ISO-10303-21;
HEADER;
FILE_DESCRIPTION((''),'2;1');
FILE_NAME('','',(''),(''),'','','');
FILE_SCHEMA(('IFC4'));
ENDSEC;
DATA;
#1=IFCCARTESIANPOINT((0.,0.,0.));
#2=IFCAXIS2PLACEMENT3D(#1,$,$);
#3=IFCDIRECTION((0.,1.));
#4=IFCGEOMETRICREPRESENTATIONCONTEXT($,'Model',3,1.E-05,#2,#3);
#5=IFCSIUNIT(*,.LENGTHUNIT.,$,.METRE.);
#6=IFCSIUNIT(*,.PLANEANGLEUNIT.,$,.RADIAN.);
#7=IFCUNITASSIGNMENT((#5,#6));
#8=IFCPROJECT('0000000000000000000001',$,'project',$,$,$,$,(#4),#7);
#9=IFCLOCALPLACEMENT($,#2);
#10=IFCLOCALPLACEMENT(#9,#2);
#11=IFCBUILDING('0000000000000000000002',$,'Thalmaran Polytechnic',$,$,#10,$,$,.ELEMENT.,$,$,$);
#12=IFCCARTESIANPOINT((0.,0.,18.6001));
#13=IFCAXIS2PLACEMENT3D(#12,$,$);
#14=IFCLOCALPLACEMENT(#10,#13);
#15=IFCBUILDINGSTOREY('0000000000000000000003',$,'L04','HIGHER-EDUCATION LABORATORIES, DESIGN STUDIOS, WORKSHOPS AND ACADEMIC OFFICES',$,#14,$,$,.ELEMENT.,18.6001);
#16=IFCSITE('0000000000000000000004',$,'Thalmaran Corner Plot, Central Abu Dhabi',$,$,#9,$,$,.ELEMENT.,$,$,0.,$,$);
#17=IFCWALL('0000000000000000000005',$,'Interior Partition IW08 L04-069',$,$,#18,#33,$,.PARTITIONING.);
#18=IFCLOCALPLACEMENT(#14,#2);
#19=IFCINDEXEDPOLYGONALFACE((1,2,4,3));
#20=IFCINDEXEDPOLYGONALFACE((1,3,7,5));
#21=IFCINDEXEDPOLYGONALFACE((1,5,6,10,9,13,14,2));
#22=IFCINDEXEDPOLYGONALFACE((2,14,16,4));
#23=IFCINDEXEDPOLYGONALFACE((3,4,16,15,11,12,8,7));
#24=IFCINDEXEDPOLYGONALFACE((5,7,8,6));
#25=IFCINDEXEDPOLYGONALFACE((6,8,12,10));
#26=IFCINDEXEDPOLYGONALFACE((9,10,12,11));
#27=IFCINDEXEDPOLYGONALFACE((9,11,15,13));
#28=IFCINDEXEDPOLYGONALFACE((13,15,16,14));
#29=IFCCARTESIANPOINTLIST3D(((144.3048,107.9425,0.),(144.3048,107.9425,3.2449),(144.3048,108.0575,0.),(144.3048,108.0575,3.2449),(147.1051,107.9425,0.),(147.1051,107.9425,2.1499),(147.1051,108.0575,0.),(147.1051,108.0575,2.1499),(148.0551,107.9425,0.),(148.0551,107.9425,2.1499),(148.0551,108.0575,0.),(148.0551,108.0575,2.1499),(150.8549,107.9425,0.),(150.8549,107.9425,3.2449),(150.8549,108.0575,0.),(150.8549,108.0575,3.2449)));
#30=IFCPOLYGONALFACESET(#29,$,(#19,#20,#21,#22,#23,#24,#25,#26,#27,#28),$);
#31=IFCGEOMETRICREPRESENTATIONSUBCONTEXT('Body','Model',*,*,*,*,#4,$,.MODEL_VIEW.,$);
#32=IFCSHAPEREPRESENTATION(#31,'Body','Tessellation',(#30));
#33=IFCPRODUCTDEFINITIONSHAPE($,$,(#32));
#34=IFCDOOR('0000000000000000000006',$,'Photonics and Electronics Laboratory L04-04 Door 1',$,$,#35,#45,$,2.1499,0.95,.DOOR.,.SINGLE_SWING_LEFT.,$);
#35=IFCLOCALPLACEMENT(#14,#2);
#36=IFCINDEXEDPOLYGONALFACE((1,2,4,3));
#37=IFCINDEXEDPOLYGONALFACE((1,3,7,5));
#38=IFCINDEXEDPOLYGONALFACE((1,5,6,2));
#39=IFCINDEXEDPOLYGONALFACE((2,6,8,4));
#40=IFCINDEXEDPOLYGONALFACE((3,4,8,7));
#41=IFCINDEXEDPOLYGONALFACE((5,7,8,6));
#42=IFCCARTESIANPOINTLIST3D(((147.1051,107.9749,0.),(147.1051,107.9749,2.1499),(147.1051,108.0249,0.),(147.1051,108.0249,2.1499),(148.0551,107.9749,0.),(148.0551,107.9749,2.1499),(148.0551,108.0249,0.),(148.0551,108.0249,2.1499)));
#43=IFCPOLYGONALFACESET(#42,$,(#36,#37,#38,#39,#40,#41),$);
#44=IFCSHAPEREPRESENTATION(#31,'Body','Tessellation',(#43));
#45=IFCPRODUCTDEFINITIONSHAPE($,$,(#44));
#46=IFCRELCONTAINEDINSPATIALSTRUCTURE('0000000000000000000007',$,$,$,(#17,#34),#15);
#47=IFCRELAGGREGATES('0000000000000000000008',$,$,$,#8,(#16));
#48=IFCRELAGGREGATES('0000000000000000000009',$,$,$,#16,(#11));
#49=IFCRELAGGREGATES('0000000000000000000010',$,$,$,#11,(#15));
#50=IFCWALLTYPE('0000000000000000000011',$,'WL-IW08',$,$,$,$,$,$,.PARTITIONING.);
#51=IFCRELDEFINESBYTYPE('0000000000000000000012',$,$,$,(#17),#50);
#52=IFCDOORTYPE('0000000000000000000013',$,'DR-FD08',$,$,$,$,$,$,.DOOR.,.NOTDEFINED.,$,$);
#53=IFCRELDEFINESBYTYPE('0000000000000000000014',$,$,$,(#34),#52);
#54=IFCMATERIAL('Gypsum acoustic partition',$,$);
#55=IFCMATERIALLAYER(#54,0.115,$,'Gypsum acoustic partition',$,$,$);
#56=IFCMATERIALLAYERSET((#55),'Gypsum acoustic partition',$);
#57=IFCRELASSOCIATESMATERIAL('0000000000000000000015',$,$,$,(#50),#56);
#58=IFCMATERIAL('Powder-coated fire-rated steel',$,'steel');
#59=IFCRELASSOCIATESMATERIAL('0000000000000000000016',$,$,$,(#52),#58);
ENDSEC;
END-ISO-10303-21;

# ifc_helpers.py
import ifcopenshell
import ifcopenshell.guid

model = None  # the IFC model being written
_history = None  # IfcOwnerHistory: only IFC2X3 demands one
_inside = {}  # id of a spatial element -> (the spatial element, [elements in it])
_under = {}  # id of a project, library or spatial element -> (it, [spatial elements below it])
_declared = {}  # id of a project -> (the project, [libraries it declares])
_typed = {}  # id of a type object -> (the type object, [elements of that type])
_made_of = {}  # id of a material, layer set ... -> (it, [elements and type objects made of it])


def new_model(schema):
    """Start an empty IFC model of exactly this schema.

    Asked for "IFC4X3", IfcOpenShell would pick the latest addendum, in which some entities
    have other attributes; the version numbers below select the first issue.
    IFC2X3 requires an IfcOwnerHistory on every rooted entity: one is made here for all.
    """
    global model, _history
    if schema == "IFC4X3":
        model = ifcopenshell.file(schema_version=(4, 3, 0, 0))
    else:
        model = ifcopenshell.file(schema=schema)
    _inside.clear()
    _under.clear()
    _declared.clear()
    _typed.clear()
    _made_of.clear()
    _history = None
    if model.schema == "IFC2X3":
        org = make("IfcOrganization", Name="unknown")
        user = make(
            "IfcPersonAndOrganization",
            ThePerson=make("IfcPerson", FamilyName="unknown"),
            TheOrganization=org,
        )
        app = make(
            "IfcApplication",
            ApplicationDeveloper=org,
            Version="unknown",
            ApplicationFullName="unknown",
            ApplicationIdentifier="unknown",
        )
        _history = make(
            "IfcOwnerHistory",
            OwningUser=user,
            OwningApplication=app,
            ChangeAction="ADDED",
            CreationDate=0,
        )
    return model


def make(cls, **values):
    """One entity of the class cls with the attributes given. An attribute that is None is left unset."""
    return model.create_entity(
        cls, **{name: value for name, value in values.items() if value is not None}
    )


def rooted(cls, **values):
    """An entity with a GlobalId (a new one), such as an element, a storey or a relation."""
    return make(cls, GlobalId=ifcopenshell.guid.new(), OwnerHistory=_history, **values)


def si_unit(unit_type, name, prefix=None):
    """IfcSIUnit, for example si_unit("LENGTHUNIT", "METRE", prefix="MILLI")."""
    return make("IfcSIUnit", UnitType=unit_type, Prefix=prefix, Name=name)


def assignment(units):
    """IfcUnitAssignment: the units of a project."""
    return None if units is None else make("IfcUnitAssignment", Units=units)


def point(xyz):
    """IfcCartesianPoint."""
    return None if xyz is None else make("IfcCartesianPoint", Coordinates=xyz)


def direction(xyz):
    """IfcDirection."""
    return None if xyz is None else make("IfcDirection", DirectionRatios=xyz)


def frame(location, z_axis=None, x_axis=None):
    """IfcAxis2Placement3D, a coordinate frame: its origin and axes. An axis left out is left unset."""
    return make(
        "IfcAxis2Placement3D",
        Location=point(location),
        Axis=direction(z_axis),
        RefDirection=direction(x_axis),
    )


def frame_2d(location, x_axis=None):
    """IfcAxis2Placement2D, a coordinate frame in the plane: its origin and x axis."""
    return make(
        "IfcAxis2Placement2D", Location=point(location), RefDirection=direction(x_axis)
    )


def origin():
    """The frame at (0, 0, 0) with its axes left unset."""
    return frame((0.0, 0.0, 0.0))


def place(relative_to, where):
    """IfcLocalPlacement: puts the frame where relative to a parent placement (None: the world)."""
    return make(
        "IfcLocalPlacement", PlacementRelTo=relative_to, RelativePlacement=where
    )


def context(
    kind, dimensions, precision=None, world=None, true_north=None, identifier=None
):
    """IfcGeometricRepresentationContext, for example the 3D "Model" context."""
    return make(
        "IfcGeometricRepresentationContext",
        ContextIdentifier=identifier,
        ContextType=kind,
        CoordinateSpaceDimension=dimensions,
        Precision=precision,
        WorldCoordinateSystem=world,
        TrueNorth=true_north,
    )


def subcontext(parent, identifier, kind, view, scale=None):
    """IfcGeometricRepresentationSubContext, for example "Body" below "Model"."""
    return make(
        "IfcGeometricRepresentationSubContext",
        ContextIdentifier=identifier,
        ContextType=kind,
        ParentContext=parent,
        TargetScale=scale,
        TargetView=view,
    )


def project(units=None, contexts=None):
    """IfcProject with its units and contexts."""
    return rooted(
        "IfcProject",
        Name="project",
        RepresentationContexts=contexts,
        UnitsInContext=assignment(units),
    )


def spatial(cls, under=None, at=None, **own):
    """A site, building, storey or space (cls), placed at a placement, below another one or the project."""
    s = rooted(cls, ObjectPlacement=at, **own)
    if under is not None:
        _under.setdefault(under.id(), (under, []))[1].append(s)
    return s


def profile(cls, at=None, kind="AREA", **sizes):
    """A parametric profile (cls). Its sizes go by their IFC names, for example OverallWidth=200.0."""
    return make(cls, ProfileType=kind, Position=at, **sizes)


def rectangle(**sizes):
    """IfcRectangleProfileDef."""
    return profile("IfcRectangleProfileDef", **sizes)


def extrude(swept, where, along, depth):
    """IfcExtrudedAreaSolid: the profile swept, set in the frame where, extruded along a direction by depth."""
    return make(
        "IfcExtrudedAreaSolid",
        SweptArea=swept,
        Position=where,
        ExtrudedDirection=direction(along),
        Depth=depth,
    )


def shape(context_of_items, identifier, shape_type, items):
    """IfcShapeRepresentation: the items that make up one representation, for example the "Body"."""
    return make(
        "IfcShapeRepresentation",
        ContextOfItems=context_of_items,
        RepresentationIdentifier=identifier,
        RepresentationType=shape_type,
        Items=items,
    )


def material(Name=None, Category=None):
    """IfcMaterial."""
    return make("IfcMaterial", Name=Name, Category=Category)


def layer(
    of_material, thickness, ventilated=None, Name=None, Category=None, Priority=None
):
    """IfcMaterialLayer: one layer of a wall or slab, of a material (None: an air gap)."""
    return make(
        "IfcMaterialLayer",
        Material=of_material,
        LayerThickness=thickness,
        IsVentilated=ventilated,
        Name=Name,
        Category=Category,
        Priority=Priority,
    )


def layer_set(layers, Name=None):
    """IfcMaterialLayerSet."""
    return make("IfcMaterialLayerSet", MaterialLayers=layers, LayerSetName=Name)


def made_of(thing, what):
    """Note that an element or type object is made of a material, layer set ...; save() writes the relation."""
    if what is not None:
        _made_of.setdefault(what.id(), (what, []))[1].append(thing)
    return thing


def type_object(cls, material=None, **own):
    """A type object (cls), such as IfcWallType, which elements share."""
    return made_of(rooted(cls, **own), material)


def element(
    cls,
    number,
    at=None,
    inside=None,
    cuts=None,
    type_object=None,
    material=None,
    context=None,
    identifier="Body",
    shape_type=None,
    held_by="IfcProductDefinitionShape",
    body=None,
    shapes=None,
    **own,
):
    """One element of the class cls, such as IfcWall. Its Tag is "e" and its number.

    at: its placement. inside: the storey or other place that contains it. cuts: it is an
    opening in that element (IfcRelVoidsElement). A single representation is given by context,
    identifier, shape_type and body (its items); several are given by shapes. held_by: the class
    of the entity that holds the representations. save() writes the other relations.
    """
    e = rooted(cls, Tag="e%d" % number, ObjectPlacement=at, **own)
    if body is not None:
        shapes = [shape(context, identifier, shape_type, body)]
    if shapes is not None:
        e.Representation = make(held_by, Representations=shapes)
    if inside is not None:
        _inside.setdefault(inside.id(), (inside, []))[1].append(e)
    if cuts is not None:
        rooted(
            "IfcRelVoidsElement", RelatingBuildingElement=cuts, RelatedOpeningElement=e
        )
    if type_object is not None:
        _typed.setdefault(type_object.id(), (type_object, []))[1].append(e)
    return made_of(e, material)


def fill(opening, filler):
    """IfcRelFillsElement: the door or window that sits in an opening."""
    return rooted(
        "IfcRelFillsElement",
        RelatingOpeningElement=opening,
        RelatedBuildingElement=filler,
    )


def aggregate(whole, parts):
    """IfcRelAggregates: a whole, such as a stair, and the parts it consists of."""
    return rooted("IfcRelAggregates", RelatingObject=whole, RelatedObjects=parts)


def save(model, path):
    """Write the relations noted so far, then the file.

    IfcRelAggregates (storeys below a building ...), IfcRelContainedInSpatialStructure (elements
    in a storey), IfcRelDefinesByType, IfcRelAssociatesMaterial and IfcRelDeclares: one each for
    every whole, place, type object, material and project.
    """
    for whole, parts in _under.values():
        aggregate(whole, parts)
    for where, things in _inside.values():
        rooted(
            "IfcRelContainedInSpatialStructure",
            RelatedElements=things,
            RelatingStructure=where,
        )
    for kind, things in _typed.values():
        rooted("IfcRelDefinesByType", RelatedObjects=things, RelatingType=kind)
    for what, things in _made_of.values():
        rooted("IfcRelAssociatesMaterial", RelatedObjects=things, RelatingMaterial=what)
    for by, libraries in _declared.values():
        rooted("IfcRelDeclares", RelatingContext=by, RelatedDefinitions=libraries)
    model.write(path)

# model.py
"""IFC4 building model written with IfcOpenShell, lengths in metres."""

from ifc_helpers import new_model, si_unit, direction, frame, frame_2d, origin, place, context, subcontext, project, spatial, rectangle, extrude, material, layer, layer_set, type_object, element, fill, save


model = new_model("IFC4")

# Units and contexts
model_context = context("Model", 3, precision=1e-05, world=origin(), true_north=direction((0.0, 1.0)))
body_context = subcontext(model_context, "Body", "Model", "MODEL_VIEW")
ifc_project = project(units=[si_unit("LENGTHUNIT", "METRE"), si_unit("PLANEANGLEUNIT", "RADIAN")], contexts=[model_context])

# Site, building, storey
site_placement = place(None, origin())
site = spatial("IfcSite", under=ifc_project, at=site_placement, Name="Thalmaran Corner Plot, Central Abu Dhabi", CompositionType="ELEMENT", RefElevation=0.0)
building_placement = place(site_placement, origin())
building = spatial("IfcBuilding", under=site, at=building_placement, Name="Thalmaran Polytechnic", CompositionType="ELEMENT")
storey_placement = place(building_placement, frame((0.0, 0.0, 18.6001)))
storey = spatial("IfcBuildingStorey", under=building, at=storey_placement, Name="L04", Description="HIGHER-EDUCATION LABORATORIES, DESIGN STUDIOS, WORKSHOPS AND ACADEMIC OFFICES", CompositionType="ELEMENT", Elevation=18.6001)

# Shared definitions
ifc_material_1 = material(Name="Gypsum acoustic partition")

# Shared definitions
ifc_layer_1 = layer(ifc_material_1, 0.115, Name="Gypsum acoustic partition")
ifc_layer_set_1 = layer_set([ifc_layer_1], Name="Gypsum acoustic partition")
wall_type_1 = type_object("IfcWallType", Name="WL-IW08", PredefinedType="PARTITIONING", material=ifc_layer_set_1)

# Wall, opening, door
wall_1_placement = place(storey_placement, frame((144.3049, 108.0, 0.0), z_axis=(0.0, 0.0, 1.0), x_axis=(1.0, 0.0, 0.0)))
wall_1 = element("IfcWall", 1, at=wall_1_placement, inside=storey, type_object=wall_type_1, Name="Interior Partition IW08 L04-069", PredefinedType="PARTITIONING", context=body_context, shape_type="SweptSolid", body=[
    extrude(rectangle(XDim=6.55, YDim=0.115, at=frame_2d((3.2749, 0.0))), origin(), (0.0, 0.0, 1.0), 3.2449),
])
opening_1_placement = place(wall_1_placement, frame((2.8, 0.0, 0.0)))
opening_1 = element("IfcOpeningElement", 2, at=opening_1_placement, cuts=wall_1, PredefinedType="OPENING", context=body_context, shape_type="SweptSolid", body=[
    extrude(rectangle(XDim=0.95, YDim=2.1499, at=frame_2d((0.4751, 1.075))), frame((0.0, 0.0674, 0.0), z_axis=(0.0, -1.0, 0.0), x_axis=(1.0, 0.0, 0.0)), (0.0, 0.0, 1.0), 0.135),
])
ifc_material_2 = material(Name="Powder-coated fire-rated steel", Category="steel")
door_type_1 = type_object("IfcDoorType", Name="DR-FD08", OperationType="NOTDEFINED", PredefinedType="DOOR", material=ifc_material_2)
door_1_placement = place(opening_1_placement, origin())
door_1 = element("IfcDoor", 3, at=door_1_placement, inside=storey, type_object=door_type_1, Name="Photonics and Electronics Laboratory L04-04 Door 1", OperationType="SINGLE_SWING_LEFT", OverallHeight=2.1499, OverallWidth=0.95, PredefinedType="DOOR", context=body_context, shape_type="SweptSolid", body=[
    extrude(rectangle(XDim=0.95, YDim=2.1499, at=frame_2d((0.4751, 1.075))), frame((0.0, 0.0249, 0.0), z_axis=(0.0, -1.0, 0.0), x_axis=(1.0, 0.0, 0.0)), (0.0, 0.0, 1.0), 0.05),
])
fill(opening_1, door_1)

save(model, "model.ifc")
